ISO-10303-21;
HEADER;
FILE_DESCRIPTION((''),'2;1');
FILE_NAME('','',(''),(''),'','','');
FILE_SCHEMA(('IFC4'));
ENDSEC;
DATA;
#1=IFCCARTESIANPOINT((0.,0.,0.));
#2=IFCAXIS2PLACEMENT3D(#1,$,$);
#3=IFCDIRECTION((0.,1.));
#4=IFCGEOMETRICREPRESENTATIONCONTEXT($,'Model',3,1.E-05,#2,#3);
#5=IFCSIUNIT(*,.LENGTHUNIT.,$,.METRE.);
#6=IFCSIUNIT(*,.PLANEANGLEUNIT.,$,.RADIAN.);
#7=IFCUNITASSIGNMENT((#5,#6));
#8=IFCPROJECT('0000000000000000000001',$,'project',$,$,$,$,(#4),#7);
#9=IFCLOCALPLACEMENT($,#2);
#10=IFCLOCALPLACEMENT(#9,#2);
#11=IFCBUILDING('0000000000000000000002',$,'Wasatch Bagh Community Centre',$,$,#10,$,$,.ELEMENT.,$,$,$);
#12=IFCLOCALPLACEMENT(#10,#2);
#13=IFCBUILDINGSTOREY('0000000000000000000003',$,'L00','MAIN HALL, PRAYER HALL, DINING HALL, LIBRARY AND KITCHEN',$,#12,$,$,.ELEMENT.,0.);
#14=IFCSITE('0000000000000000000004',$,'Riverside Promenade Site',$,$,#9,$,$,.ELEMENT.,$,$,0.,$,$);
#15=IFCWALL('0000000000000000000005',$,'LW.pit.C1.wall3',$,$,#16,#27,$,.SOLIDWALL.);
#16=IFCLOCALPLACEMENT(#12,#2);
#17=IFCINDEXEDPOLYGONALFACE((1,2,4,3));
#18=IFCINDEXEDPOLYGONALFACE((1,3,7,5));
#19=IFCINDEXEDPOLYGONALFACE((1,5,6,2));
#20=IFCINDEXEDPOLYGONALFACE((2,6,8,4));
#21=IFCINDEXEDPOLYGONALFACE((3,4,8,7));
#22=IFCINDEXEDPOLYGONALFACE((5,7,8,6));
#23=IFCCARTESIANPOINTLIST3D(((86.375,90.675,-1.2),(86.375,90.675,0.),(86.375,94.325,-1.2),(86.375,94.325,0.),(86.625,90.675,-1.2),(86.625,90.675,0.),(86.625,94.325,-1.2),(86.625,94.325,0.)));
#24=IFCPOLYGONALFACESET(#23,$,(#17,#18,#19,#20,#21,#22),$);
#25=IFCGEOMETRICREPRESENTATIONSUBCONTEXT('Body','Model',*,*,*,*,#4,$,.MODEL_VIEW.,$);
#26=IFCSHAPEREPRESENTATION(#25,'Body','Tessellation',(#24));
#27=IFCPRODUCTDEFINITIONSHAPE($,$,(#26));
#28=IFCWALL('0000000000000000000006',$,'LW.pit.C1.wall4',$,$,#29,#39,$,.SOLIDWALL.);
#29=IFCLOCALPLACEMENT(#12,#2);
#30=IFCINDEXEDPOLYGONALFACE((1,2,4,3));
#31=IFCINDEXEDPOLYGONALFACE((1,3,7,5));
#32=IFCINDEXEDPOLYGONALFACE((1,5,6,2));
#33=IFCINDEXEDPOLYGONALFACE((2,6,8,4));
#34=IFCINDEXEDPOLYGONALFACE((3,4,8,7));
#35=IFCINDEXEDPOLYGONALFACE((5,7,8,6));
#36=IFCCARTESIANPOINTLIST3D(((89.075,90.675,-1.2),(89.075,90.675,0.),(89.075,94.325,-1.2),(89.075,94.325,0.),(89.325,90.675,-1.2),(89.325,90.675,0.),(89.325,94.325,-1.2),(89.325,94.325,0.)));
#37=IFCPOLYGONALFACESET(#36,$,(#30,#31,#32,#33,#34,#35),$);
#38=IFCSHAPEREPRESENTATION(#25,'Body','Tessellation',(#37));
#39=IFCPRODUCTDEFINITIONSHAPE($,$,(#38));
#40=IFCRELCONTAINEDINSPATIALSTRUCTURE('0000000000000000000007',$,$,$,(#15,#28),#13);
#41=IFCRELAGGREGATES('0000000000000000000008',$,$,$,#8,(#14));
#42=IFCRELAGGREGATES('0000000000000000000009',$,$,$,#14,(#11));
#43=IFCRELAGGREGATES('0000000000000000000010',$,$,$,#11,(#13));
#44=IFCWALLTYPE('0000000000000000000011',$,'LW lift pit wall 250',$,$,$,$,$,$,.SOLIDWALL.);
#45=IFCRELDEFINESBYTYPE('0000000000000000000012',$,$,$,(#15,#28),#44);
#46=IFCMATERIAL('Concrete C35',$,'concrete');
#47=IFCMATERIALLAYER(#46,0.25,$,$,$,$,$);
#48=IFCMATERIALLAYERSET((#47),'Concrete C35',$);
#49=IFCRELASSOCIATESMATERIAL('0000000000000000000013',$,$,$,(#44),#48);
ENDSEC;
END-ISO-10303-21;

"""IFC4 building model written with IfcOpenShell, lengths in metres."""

from ifc_helpers import new_model, si_unit, direction, frame, frame_2d, origin, place, context, subcontext, project, spatial, rectangle, extrude, material, layer, layer_set, type_object, element, save


model = new_model("IFC4")

# Units and contexts
model_context = context("Model", 3, precision=1e-05, world=origin(), true_north=direction((0.0, 1.0)))
body_context = subcontext(model_context, "Body", "Model", "MODEL_VIEW")
ifc_project = project(units=[si_unit("LENGTHUNIT", "METRE"), si_unit("PLANEANGLEUNIT", "RADIAN")], contexts=[model_context])

# Site, building, storey
site_placement = place(None, origin())
site = spatial("IfcSite", under=ifc_project, at=site_placement, Name="Riverside Promenade Site", CompositionType="ELEMENT", RefElevation=0.0)
building_placement = place(site_placement, origin())
building = spatial("IfcBuilding", under=site, at=building_placement, Name="Wasatch Bagh Community Centre", CompositionType="ELEMENT")
storey_placement = place(building_placement, origin())
storey = spatial("IfcBuildingStorey", under=building, at=storey_placement, Name="L00", Description="MAIN HALL, PRAYER HALL, DINING HALL, LIBRARY AND KITCHEN", CompositionType="ELEMENT", Elevation=0.0)

# Shared definitions
ifc_material_1 = material(Name="Concrete C35", Category="concrete")

# Walls
ifc_layer_1 = layer(ifc_material_1, 0.25)
ifc_layer_set_1 = layer_set([ifc_layer_1], Name="Concrete C35")
wall_type_1 = type_object("IfcWallType", Name="LW lift pit wall 250", PredefinedType="SOLIDWALL", material=ifc_layer_set_1)
for number, where, z_axis, x_axis, name in (
    (1, (86.5, 90.675, -1.2), (0.0, 0.0, 1.0), (0.0, 1.0, 0.0), "LW.pit.C1.wall3"),
    (2, (89.2, 90.675, -1.2), (0.0, 0.0, 1.0), (0.0, 1.0, 0.0), "LW.pit.C1.wall4"),
):
    element("IfcWall", number, at=place(storey_placement, frame(where, z_axis=z_axis, x_axis=x_axis)), inside=storey, type_object=wall_type_1, Name=name, PredefinedType="SOLIDWALL", context=body_context, shape_type="SweptSolid", body=[
        extrude(rectangle(XDim=3.6499, YDim=0.25, at=frame_2d((1.825, 0.0))), origin(), (0.0, 0.0, 1.0), 1.2),
    ])

save(model, "model.ifc")
